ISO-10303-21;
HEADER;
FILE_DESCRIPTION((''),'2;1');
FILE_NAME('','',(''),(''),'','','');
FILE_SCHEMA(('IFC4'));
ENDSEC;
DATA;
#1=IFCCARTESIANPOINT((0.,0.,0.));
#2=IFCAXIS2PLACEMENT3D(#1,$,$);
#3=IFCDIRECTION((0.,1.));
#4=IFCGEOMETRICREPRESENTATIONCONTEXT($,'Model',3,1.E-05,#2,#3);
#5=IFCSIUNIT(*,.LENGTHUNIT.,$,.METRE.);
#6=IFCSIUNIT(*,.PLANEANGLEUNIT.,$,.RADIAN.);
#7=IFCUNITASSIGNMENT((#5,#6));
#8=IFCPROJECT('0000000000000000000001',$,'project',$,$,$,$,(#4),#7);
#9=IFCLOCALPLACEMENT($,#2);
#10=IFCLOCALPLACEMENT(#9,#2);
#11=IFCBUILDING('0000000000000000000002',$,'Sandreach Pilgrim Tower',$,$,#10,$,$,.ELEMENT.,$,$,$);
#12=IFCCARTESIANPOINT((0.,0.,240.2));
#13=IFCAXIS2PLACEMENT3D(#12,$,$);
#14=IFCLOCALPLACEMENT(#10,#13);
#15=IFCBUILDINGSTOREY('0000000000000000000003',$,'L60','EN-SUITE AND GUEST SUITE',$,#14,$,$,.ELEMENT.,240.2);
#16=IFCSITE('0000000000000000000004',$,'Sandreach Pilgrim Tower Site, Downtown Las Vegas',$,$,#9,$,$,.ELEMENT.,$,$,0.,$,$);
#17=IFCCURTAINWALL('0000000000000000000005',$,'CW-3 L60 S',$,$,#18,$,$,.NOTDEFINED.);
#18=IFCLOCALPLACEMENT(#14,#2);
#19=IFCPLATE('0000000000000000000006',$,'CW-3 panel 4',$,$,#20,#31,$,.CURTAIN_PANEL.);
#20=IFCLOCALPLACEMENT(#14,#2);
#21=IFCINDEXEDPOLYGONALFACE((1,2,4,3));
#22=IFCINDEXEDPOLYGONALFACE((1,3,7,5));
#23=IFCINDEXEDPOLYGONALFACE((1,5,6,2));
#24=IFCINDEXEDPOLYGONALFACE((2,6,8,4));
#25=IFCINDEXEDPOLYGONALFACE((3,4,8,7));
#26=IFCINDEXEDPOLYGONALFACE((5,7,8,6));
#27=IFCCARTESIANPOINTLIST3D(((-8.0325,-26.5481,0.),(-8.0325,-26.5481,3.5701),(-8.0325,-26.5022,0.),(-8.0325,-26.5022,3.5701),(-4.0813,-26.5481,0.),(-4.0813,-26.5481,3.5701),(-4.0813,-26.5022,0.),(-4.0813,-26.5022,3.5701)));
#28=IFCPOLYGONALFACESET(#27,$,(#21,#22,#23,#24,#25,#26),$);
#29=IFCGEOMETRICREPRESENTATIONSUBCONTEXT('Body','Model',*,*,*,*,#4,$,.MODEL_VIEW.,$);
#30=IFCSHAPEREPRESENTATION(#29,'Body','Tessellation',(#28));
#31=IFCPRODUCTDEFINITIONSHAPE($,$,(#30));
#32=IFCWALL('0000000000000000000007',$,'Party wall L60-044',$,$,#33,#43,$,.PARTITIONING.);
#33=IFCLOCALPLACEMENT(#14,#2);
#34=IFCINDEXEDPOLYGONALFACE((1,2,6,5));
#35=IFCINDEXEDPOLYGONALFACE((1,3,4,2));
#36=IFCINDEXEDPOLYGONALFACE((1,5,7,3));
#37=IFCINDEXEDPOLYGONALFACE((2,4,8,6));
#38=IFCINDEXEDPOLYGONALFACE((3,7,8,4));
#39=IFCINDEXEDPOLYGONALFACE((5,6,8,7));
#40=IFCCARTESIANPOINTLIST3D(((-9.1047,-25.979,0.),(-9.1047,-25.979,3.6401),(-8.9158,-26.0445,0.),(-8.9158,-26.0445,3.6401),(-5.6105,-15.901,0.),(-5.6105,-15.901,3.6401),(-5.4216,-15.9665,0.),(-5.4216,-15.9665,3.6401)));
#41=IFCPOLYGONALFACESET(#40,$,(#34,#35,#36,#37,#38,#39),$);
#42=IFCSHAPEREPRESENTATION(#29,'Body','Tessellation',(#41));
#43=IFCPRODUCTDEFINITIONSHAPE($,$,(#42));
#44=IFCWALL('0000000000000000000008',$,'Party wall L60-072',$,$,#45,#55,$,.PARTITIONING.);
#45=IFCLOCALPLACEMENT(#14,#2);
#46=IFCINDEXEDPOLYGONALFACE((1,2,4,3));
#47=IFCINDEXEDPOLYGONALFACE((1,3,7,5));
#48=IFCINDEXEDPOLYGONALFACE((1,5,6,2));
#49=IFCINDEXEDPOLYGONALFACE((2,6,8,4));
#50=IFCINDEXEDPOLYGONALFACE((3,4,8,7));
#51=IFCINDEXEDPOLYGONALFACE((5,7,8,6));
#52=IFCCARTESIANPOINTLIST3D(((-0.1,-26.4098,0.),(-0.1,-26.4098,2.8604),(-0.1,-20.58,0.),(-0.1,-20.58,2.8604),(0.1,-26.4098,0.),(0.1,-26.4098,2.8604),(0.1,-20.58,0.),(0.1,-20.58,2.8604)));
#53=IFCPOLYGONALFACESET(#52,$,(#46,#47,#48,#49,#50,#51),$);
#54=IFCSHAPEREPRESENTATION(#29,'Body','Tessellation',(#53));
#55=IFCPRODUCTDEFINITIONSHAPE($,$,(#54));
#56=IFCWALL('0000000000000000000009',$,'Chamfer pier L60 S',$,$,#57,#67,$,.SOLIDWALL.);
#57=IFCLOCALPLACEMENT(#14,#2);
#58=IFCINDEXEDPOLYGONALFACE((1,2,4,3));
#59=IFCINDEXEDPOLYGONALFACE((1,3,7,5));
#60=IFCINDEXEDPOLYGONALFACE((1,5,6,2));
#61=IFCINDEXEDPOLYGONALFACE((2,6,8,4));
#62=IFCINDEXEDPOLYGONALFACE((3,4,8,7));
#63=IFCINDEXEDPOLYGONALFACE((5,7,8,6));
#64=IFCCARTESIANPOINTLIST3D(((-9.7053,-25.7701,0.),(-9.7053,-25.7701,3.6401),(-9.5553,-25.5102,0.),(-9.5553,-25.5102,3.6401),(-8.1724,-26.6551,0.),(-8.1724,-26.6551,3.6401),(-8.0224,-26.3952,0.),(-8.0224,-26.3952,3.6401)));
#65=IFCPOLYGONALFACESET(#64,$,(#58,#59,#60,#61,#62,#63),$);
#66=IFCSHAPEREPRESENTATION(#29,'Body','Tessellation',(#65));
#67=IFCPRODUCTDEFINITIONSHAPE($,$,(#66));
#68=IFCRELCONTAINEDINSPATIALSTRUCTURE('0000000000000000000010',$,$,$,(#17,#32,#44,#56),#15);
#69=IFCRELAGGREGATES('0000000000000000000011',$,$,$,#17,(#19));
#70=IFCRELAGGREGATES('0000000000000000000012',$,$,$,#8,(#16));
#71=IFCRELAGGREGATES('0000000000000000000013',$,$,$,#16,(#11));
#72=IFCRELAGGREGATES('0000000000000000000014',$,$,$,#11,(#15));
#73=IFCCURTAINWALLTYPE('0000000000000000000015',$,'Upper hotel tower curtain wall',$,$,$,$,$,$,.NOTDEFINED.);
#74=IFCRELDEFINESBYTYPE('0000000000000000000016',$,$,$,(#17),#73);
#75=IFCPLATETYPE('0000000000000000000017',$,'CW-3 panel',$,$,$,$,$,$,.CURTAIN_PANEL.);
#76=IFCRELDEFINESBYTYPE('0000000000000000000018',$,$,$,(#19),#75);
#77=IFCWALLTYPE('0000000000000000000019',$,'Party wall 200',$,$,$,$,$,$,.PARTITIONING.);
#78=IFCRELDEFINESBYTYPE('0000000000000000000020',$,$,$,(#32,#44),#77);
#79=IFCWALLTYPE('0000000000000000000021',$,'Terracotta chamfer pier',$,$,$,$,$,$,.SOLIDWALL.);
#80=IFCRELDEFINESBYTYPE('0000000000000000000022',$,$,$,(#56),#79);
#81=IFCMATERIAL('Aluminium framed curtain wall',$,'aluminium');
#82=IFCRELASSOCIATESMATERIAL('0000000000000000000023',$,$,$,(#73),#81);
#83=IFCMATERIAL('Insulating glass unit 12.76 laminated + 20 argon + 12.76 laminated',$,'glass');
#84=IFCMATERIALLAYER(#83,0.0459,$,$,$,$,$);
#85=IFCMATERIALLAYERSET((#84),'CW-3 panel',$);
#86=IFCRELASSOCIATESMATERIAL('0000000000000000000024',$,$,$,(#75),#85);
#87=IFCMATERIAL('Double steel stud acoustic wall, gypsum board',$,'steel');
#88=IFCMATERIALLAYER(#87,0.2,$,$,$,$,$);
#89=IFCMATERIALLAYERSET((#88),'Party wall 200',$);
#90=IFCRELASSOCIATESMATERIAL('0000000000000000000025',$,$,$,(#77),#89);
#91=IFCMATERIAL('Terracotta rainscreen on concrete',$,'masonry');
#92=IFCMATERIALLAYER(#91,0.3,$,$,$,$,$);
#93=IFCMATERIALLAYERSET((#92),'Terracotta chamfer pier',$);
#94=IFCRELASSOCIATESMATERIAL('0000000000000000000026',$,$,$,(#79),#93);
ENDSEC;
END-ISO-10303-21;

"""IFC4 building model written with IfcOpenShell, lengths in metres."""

from ifc_helpers import new_model, si_unit, direction, frame, frame_2d, origin, origin_2d, place, context, subcontext, project, spatial, rectangle, extrude, material, layer, layer_set, type_object, element, aggregate, save


model = new_model("IFC4")

# Units and contexts
model_context = context("Model", 3, precision=1e-05, world=origin(), true_north=direction((0.0, 1.0)))
body_context = subcontext(model_context, "Body", "Model", "MODEL_VIEW")
ifc_project = project(units=[si_unit("LENGTHUNIT", "METRE"), si_unit("PLANEANGLEUNIT", "RADIAN")], contexts=[model_context])

# Site, building, storey
site_placement = place(None, origin())
site = spatial("IfcSite", under=ifc_project, at=site_placement, Name="Sandreach Pilgrim Tower Site, Downtown Las Vegas", CompositionType="ELEMENT", RefElevation=0.0)
building_placement = place(site_placement, origin())
building = spatial("IfcBuilding", under=site, at=building_placement, Name="Sandreach Pilgrim Tower", CompositionType="ELEMENT")
storey_placement = place(building_placement, frame((0.0, 0.0, 240.2)))
storey = spatial("IfcBuildingStorey", under=building, at=storey_placement, Name="L60", Description="EN-SUITE AND GUEST SUITE", CompositionType="ELEMENT", Elevation=240.2)

# Curtain wall
ifc_material_1 = material(Name="Aluminium framed curtain wall", Category="aluminium")
curtain_wall_type = type_object("IfcCurtainWallType", Name="Upper hotel tower curtain wall", PredefinedType="NOTDEFINED", material=ifc_material_1)
curtain_wall_placement = place(storey_placement, origin())
curtain_wall = element("IfcCurtainWall", 1, at=curtain_wall_placement, inside=storey, type_object=curtain_wall_type, Name="CW-3 L60 S", PredefinedType="NOTDEFINED")

# Plate
ifc_material_2 = material(Name="Insulating glass unit 12.76 laminated + 20 argon + 12.76 laminated", Category="glass")
ifc_layer_1 = layer(ifc_material_2, 0.0459)
ifc_layer_set_1 = layer_set([ifc_layer_1], Name="CW-3 panel")
plate_type = type_object("IfcPlateType", Name="CW-3 panel", PredefinedType="CURTAIN_PANEL", material=ifc_layer_set_1)
plate_1_placement = place(storey_placement, frame((-6.0569, -26.5251, 0.0), z_axis=(0.0, 0.0, 1.0), x_axis=(-1.0, 0.0, 0.0)))
plate_1 = element("IfcPlate", 2, at=plate_1_placement, type_object=plate_type, Name="CW-3 panel 4", PredefinedType="CURTAIN_PANEL", context=body_context, shape_type="SweptSolid", body=[
    extrude(rectangle(XDim=3.9512, YDim=0.0459, at=origin_2d()), origin(), (0.0, 0.0, 1.0), 3.5701),
])
aggregate(curtain_wall, [plate_1])

# Walls
ifc_material_3 = material(Name="Double steel stud acoustic wall, gypsum board", Category="steel")
ifc_layer_2 = layer(ifc_material_3, 0.2)
ifc_layer_set_2 = layer_set([ifc_layer_2], Name="Party wall 200")
wall_type_1 = type_object("IfcWallType", Name="Party wall 200", PredefinedType="PARTITIONING", material=ifc_layer_set_2)
wall_1_placement = place(storey_placement, frame((-9.0103, -26.0117, 0.0), z_axis=(0.0, 0.0, 1.0), x_axis=(0.327583, 0.944822, 0.0)))
element("IfcWall", 3, at=wall_1_placement, inside=storey, type_object=wall_type_1, Name="Party wall L60-044", PredefinedType="PARTITIONING", context=body_context, shape_type="SweptSolid", body=[
    extrude(rectangle(XDim=10.6665, YDim=0.2, at=frame_2d((5.3333, 0.0))), origin(), (0.0, 0.0, 1.0), 3.6401),
])
wall_2_placement = place(storey_placement, frame((0.0, -26.4099, 0.0), z_axis=(0.0, 0.0, 1.0), x_axis=(0.0, 1.0, 0.0)))
element("IfcWall", 4, at=wall_2_placement, inside=storey, type_object=wall_type_1, Name="Party wall L60-072", PredefinedType="PARTITIONING", context=body_context, shape_type="SweptSolid", body=[
    extrude(rectangle(XDim=5.8298, YDim=0.2, at=frame_2d((2.915, 0.0))), origin(), (0.0, 0.0, 1.0), 2.8604),
])
ifc_material_4 = material(Name="Terracotta rainscreen on concrete", Category="masonry")
ifc_layer_3 = layer(ifc_material_4, 0.3)
ifc_layer_set_3 = layer_set([ifc_layer_3], Name="Terracotta chamfer pier")
wall_type_2 = type_object("IfcWallType", Name="Terracotta chamfer pier", PredefinedType="SOLIDWALL", material=ifc_layer_set_3)
wall_3_placement = place(storey_placement, frame((-8.0974, -26.5251, 0.0), z_axis=(0.0, 0.0, 1.0), x_axis=(-0.866036, 0.499981, 0.0)))
element("IfcWall", 5, at=wall_3_placement, inside=storey, type_object=wall_type_2, Name="Chamfer pier L60 S", PredefinedType="SOLIDWALL", context=body_context, shape_type="SweptSolid", body=[
    extrude(rectangle(XDim=1.77, YDim=0.3, at=frame_2d((0.885, 0.0))), origin(), (0.0, 0.0, 1.0), 3.6401),
])

save(model, "model.ifc")
